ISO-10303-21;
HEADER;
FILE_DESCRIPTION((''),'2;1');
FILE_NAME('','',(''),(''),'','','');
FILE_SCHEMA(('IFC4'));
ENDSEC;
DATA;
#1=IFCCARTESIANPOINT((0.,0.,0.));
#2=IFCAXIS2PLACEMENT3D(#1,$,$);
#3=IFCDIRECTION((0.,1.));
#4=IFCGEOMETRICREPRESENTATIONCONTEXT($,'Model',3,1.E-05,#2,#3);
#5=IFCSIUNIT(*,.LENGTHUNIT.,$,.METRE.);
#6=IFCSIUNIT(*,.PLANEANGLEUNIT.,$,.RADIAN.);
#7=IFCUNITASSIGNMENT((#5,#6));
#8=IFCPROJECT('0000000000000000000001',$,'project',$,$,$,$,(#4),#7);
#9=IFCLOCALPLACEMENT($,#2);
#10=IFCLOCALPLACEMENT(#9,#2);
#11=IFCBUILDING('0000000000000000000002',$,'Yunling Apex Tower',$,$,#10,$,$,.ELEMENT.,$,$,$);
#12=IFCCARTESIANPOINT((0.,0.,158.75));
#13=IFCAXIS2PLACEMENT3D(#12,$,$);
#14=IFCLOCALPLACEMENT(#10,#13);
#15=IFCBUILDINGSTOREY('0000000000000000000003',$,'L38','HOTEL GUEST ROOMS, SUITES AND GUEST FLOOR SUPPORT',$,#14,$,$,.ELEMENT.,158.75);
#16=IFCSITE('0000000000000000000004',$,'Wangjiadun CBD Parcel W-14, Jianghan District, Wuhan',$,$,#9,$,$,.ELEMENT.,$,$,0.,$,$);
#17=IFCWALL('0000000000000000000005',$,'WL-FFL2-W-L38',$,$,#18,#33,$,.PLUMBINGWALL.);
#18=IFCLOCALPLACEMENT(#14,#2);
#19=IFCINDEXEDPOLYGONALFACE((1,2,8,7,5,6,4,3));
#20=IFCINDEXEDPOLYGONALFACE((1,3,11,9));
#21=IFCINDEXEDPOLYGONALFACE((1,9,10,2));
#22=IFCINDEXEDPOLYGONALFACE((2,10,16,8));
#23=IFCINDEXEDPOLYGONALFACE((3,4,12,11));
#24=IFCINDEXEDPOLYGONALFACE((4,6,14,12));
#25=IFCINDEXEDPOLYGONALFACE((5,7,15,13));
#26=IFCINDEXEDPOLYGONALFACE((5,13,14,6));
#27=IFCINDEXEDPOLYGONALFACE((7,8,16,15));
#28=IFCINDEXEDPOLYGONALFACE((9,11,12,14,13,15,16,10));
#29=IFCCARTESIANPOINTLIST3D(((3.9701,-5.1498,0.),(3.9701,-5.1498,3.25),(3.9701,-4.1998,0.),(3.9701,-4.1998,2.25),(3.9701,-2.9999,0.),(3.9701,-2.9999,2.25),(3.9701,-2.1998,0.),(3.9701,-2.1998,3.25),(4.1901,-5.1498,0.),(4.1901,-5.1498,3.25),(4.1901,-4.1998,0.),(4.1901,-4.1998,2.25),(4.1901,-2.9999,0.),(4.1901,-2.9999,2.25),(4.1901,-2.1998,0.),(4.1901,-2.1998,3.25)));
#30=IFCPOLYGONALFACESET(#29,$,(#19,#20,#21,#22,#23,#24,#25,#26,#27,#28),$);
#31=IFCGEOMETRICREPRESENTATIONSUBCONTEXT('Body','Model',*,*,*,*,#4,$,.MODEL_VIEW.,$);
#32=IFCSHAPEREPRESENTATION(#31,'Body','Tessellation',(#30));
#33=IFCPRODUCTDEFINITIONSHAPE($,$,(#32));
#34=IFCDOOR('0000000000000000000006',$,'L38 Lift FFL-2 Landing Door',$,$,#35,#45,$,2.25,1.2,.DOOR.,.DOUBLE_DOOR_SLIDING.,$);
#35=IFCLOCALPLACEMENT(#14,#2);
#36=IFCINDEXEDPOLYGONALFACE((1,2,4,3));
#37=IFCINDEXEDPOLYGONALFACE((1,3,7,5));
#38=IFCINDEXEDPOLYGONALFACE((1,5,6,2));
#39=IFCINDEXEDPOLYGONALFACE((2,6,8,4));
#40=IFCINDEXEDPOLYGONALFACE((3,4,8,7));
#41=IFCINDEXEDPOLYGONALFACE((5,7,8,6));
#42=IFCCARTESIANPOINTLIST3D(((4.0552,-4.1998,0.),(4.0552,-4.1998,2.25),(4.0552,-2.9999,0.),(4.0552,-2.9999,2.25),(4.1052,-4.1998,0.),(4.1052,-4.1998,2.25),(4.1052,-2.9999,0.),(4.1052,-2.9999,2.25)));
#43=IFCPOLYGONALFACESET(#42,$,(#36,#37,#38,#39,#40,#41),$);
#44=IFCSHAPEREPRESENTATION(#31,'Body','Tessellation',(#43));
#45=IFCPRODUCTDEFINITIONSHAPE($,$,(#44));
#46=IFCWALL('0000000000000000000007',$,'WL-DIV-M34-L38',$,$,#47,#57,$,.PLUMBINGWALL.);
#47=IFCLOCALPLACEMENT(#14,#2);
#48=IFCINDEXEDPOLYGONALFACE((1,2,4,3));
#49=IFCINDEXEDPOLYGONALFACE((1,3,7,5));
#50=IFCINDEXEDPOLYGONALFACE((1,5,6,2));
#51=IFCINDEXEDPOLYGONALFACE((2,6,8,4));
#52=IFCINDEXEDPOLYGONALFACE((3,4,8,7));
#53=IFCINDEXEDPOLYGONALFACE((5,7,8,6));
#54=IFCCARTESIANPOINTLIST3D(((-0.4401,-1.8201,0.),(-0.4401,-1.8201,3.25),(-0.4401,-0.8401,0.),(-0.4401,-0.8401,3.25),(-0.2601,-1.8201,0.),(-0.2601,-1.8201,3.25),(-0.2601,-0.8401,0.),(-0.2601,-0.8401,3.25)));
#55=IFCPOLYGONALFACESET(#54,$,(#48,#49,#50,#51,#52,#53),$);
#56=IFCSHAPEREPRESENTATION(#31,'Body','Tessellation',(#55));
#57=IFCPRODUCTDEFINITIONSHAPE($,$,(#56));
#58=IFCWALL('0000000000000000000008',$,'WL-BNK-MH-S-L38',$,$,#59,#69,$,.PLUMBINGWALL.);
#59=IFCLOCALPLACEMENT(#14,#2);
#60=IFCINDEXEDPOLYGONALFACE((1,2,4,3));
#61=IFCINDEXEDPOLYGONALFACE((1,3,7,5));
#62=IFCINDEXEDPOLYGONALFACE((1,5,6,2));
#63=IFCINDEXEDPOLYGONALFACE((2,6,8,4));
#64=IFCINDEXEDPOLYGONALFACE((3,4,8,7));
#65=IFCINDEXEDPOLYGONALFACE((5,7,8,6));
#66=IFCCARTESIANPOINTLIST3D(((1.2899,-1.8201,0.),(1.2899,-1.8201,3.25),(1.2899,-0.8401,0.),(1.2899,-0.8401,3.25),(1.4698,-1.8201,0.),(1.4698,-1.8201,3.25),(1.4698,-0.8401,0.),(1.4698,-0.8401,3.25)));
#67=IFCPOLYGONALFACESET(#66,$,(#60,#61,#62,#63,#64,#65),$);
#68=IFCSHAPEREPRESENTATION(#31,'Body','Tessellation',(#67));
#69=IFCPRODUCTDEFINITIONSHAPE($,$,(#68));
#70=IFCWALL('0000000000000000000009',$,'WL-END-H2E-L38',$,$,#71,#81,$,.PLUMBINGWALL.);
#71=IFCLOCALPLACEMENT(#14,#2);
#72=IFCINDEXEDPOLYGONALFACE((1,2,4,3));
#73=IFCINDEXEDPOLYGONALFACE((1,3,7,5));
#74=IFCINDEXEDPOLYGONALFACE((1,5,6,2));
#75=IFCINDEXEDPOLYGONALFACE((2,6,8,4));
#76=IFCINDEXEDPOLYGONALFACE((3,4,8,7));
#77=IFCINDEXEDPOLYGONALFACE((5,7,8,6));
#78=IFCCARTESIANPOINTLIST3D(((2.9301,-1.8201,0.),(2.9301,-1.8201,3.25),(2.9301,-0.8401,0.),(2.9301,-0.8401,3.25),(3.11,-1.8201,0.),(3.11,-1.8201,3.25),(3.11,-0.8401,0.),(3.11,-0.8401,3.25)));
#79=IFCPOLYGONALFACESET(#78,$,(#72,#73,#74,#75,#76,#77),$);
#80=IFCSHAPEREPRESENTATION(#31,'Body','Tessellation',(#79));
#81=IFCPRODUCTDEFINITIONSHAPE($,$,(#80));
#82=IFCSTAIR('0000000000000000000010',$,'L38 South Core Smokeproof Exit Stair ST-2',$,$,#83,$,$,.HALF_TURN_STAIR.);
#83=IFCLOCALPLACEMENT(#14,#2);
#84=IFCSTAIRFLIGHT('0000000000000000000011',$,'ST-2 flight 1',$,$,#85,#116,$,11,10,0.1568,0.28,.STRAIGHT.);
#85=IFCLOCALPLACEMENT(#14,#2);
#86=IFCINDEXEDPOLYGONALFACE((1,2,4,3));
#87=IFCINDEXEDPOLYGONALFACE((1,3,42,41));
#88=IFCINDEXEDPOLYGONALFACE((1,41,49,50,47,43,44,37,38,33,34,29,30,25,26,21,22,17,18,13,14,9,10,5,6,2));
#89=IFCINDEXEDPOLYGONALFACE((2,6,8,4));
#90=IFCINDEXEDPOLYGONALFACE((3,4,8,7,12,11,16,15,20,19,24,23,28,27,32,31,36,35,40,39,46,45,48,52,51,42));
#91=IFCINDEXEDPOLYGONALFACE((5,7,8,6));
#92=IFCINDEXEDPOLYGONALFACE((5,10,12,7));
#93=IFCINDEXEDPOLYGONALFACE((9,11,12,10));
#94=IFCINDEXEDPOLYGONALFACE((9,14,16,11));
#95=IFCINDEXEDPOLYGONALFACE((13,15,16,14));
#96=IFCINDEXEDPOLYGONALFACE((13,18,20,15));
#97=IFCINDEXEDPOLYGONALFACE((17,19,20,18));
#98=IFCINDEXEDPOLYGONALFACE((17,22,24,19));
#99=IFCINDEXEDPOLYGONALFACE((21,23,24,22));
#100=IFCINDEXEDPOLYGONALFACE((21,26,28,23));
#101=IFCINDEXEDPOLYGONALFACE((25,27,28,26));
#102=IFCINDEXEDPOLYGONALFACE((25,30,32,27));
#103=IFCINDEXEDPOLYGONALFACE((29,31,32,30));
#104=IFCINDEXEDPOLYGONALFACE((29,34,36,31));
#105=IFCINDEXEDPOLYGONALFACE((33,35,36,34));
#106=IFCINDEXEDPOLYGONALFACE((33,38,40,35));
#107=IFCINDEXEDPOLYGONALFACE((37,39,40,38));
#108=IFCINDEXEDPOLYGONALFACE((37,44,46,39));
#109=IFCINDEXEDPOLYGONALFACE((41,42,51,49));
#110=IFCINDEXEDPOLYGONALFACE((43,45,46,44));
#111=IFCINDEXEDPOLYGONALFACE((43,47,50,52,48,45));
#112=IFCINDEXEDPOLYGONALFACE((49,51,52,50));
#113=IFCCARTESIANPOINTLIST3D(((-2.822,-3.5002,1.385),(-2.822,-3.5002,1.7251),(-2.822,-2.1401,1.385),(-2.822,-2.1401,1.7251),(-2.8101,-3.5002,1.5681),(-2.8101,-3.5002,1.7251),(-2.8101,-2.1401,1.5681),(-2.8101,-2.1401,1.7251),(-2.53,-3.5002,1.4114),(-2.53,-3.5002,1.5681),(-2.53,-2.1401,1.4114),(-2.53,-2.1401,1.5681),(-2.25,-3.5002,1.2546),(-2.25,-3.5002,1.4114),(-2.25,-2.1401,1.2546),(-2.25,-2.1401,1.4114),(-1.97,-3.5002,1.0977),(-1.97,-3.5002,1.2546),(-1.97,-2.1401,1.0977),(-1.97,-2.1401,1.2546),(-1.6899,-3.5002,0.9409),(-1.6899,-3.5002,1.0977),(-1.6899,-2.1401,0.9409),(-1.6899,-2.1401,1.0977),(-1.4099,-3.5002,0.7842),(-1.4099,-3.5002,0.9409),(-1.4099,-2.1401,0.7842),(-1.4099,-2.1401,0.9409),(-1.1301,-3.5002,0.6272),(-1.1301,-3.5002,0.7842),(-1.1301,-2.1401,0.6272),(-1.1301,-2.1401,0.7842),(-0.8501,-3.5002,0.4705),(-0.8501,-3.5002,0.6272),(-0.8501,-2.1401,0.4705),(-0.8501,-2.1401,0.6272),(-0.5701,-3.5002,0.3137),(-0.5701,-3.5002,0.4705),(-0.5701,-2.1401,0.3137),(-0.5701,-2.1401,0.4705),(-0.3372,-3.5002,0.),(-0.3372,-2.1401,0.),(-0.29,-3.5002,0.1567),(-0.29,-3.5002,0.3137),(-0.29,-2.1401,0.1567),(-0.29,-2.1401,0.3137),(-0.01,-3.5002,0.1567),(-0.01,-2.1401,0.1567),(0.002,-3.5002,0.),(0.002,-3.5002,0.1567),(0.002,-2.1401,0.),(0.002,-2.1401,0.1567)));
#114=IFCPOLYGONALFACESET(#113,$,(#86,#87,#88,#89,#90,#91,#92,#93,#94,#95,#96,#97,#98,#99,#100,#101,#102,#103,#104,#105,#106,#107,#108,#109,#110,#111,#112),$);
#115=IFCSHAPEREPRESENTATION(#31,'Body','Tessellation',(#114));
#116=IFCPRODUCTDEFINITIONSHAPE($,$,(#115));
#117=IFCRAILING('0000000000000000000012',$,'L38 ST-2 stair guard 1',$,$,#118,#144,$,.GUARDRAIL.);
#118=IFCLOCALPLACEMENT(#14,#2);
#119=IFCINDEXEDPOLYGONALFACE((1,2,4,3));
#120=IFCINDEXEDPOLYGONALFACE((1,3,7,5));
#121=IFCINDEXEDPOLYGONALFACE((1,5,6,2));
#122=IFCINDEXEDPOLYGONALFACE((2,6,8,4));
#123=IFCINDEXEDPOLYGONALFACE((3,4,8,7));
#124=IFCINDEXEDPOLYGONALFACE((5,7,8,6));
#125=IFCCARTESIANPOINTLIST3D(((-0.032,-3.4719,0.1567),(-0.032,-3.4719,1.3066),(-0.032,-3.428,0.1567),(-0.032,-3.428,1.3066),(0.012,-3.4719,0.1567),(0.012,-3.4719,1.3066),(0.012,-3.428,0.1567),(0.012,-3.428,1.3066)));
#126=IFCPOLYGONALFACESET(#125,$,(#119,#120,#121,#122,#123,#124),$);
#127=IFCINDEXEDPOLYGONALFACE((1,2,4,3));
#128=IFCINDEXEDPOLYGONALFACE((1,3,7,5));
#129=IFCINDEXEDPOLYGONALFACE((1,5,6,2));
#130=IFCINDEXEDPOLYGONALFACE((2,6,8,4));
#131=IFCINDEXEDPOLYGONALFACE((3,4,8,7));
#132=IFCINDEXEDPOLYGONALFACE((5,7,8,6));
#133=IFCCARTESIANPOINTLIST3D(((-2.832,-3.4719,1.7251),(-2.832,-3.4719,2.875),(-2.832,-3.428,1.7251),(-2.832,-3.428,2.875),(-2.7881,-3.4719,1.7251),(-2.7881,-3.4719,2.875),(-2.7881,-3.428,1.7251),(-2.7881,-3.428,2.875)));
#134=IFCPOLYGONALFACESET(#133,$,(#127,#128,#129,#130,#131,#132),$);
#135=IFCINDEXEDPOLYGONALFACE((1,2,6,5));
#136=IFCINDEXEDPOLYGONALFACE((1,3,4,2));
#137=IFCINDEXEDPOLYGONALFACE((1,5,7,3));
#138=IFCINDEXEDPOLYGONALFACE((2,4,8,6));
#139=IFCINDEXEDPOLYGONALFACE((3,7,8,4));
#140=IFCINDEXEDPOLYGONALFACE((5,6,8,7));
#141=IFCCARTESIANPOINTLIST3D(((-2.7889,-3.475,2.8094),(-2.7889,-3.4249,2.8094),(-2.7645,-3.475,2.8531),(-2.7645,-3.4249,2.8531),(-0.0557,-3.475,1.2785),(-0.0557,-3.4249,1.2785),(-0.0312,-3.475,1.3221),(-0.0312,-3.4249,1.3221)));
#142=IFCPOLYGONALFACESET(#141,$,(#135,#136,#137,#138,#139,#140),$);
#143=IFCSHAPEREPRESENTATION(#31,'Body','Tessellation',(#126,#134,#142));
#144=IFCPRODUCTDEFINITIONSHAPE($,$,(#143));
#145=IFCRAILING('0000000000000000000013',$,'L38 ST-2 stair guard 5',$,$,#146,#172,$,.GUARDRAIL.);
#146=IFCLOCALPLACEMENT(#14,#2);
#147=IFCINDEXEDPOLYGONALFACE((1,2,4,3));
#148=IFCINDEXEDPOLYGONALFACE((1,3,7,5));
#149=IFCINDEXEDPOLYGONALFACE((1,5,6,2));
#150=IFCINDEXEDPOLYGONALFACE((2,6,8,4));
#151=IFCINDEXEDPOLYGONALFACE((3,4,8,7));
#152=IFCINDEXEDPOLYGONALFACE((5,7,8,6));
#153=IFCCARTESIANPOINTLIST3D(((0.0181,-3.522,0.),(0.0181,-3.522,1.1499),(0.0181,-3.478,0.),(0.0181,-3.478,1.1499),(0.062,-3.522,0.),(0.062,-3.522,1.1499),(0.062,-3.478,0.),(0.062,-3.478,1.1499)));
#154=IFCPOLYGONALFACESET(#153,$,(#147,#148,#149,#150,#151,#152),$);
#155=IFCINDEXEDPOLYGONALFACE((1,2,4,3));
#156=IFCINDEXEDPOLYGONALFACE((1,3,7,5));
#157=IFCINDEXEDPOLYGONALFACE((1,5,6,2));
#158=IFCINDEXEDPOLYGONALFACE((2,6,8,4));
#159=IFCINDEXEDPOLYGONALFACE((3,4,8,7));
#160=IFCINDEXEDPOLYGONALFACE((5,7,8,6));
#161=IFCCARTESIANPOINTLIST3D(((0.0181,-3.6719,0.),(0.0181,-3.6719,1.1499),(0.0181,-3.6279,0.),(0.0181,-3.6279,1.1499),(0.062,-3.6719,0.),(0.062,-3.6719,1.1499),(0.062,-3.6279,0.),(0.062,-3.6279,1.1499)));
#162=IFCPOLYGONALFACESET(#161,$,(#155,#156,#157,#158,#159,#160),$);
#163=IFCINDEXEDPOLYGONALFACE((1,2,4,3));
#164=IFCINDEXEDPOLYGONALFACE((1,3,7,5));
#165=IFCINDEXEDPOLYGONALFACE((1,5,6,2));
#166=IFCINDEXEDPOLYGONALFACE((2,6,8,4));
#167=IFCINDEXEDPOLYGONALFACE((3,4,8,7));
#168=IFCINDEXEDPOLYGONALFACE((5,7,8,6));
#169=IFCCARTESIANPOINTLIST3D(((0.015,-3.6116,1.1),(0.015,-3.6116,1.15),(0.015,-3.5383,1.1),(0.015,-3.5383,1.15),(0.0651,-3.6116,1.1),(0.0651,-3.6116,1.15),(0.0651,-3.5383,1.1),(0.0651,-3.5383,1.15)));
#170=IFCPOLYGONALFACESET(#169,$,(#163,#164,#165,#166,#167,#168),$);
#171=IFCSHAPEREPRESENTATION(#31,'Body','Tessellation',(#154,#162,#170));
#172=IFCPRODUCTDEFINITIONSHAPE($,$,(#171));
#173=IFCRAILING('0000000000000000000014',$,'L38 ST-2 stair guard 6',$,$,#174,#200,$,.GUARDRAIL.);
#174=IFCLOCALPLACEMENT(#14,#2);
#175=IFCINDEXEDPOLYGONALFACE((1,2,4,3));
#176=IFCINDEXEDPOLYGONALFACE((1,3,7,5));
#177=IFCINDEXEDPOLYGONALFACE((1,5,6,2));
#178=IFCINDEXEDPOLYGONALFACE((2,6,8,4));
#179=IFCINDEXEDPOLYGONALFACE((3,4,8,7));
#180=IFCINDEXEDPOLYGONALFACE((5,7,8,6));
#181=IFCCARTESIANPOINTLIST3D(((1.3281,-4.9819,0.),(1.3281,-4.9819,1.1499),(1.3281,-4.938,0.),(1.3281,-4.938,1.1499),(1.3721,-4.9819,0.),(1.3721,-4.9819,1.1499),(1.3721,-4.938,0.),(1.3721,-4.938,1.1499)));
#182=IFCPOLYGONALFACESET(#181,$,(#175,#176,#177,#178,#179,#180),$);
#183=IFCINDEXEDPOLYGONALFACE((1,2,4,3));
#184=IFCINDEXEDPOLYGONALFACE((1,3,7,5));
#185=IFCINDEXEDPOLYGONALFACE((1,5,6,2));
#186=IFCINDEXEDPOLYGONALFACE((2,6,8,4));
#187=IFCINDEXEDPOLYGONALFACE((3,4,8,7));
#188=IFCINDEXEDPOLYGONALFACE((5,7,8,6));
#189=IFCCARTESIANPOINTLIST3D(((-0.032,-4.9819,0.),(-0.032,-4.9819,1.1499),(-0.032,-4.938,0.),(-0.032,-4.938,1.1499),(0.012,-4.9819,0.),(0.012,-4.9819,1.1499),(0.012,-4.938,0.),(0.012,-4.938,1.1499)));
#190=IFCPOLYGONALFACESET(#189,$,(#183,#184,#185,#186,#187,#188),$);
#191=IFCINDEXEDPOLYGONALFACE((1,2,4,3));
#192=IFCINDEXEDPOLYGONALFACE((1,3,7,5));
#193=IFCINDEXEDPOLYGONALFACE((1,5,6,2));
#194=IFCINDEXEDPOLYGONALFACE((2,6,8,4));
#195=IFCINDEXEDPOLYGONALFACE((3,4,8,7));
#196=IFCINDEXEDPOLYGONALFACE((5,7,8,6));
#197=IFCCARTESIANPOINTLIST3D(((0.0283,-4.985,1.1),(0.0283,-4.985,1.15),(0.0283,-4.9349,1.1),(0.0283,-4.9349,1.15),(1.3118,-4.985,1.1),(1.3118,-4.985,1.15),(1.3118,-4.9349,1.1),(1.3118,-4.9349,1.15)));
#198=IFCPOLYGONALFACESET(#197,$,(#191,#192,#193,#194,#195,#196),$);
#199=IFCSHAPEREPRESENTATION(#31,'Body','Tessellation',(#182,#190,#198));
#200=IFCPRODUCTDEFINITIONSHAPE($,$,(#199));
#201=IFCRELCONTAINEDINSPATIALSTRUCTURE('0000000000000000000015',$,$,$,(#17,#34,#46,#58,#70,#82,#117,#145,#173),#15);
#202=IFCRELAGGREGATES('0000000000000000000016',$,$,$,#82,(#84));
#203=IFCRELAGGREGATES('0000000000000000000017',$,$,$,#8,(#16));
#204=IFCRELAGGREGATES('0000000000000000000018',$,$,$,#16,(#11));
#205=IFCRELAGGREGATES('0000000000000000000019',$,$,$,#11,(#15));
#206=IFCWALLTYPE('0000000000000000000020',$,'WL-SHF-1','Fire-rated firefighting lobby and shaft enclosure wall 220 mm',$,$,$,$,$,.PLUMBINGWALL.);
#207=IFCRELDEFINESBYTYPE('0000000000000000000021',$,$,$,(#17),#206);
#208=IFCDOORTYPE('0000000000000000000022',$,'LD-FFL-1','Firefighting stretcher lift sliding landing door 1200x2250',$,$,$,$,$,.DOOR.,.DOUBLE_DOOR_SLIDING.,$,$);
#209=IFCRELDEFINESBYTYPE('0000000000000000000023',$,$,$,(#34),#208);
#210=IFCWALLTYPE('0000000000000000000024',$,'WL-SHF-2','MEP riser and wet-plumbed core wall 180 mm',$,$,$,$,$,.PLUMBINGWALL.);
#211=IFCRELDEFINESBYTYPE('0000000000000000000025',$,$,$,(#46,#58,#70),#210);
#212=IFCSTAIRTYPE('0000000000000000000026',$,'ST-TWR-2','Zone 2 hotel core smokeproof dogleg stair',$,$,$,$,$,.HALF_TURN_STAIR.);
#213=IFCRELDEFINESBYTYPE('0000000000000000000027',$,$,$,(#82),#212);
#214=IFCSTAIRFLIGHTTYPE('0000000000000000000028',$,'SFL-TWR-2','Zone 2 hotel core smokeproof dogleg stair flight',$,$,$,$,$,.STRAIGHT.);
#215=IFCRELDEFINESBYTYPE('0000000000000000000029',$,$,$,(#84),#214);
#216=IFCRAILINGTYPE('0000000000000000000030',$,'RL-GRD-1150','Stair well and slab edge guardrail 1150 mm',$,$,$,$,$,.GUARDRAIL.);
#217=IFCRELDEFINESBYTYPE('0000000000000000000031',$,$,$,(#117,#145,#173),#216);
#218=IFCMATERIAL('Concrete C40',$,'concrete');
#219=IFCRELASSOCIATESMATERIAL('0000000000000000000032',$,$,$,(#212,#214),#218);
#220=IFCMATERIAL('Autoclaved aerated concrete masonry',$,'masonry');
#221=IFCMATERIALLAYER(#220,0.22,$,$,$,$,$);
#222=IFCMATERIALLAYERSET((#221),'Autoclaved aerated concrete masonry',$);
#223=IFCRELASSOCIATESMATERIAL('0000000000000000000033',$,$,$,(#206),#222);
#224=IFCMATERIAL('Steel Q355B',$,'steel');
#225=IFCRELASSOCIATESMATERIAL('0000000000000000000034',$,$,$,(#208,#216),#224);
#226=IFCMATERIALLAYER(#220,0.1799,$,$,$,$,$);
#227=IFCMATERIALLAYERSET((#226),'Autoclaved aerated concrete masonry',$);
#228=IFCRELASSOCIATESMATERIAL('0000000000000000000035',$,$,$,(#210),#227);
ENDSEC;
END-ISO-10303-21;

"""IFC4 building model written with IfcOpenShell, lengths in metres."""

from ifc_helpers import new_model, si_unit, direction, frame, frame_2d, origin, origin_2d, place, context, subcontext, project, spatial, polyline, rectangle, outline, extrude, material, layer, layer_set, type_object, element, fill, aggregate, save


model = new_model("IFC4")

# Units and contexts
model_context = context("Model", 3, precision=1e-05, world=origin(), true_north=direction((0.0, 1.0)))
body_context = subcontext(model_context, "Body", "Model", "MODEL_VIEW")
ifc_project = project(units=[si_unit("LENGTHUNIT", "METRE"), si_unit("PLANEANGLEUNIT", "RADIAN")], contexts=[model_context])

# Site, building, storey
site_placement = place(None, origin())
site = spatial("IfcSite", under=ifc_project, at=site_placement, Name="Wangjiadun CBD Parcel W-14, Jianghan District, Wuhan", CompositionType="ELEMENT", RefElevation=0.0)
building_placement = place(site_placement, origin())
building = spatial("IfcBuilding", under=site, at=building_placement, Name="Yunling Apex Tower", CompositionType="ELEMENT")
storey_placement = place(building_placement, frame((0.0, 0.0, 158.75)))
storey = spatial("IfcBuildingStorey", under=building, at=storey_placement, Name="L38", Description="HOTEL GUEST ROOMS, SUITES AND GUEST FLOOR SUPPORT", CompositionType="ELEMENT", Elevation=158.75)

# Shared definitions
ifc_material_1 = material(Name="Concrete C40", Category="concrete")

# Shared definitions
stair_type = type_object("IfcStairType", Name="ST-TWR-2", Description="Zone 2 hotel core smokeproof dogleg stair", PredefinedType="HALF_TURN_STAIR", material=ifc_material_1)

# Wall, opening, door
ifc_material_2 = material(Name="Autoclaved aerated concrete masonry", Category="masonry")
ifc_layer_1 = layer(ifc_material_2, 0.22)
ifc_layer_set_1 = layer_set([ifc_layer_1], Name="Autoclaved aerated concrete masonry")
wall_type_1 = type_object("IfcWallType", Name="WL-SHF-1", Description="Fire-rated firefighting lobby and shaft enclosure wall 220 mm", PredefinedType="PLUMBINGWALL", material=ifc_layer_set_1)
ifc_material_3 = material(Name="Steel Q355B", Category="steel")
wall_1_placement = place(storey_placement, frame((4.0801, -5.1499, 0.0), z_axis=(0.0, 0.0, 1.0), x_axis=(0.0, 1.0, 0.0)))
wall_1 = element("IfcWall", 1, at=wall_1_placement, inside=storey, type_object=wall_type_1, Name="WL-FFL2-W-L38", PredefinedType="PLUMBINGWALL", context=body_context, shape_type="SweptSolid", body=[
    extrude(rectangle(XDim=2.95, YDim=0.22, at=frame_2d((1.4751, 0.0))), origin(), (0.0, 0.0, 1.0), 3.25),
])
opening_1_placement = place(wall_1_placement, frame((0.95, 0.0, 0.0)))
opening_1 = element("IfcOpeningElement", 2, at=opening_1_placement, cuts=wall_1, PredefinedType="OPENING", context=body_context, shape_type="SweptSolid", body=[
    extrude(rectangle(XDim=1.2, YDim=2.25, at=frame_2d((0.6001, 1.125))), frame((0.0, 0.1201, 0.0), z_axis=(0.0, -1.0, 0.0), x_axis=(1.0, 0.0, 0.0)), (0.0, 0.0, 1.0), 0.24),
])
door_type_1 = type_object("IfcDoorType", Name="LD-FFL-1", Description="Firefighting stretcher lift sliding landing door 1200x2250", OperationType="DOUBLE_DOOR_SLIDING", PredefinedType="DOOR", material=ifc_material_3)
door_1_placement = place(opening_1_placement, origin())
door_1 = element("IfcDoor", 3, at=door_1_placement, inside=storey, type_object=door_type_1, Name="L38 Lift FFL-2 Landing Door", OperationType="DOUBLE_DOOR_SLIDING", OverallHeight=2.25, OverallWidth=1.2, PredefinedType="DOOR", context=body_context, shape_type="SweptSolid", body=[
    extrude(rectangle(XDim=1.2, YDim=2.25, at=frame_2d((0.6001, 1.125))), frame((0.0, 0.0249, 0.0), z_axis=(0.0, -1.0, 0.0), x_axis=(1.0, 0.0, 0.0)), (0.0, 0.0, 1.0), 0.05),
])
fill(opening_1, door_1)

# Walls
ifc_layer_2 = layer(ifc_material_2, 0.1799)
ifc_layer_set_2 = layer_set([ifc_layer_2], Name="Autoclaved aerated concrete masonry")
wall_type_2 = type_object("IfcWallType", Name="WL-SHF-2", Description="MEP riser and wet-plumbed core wall 180 mm", PredefinedType="PLUMBINGWALL", material=ifc_layer_set_2)
for number, where, z_axis, x_axis, name in (
    (4, (-0.3501, -1.8201, 0.0), (0.0, 0.0, 1.0), (0.0, 1.0, 0.0), "WL-DIV-M34-L38"),
    (5, (1.3799, -1.8201, 0.0), (0.0, 0.0, 1.0), (0.0, 1.0, 0.0), "WL-BNK-MH-S-L38"),
    (6, (3.02, -1.8201, 0.0), (0.0, 0.0, 1.0), (0.0, 1.0, 0.0), "WL-END-H2E-L38"),
):
    element("IfcWall", number, at=place(storey_placement, frame(where, z_axis=z_axis, x_axis=x_axis)), inside=storey, type_object=wall_type_2, Name=name, PredefinedType="PLUMBINGWALL", context=body_context, shape_type="SweptSolid", body=[
        extrude(rectangle(XDim=0.98, YDim=0.1799, at=frame_2d((0.49, 0.0))), origin(), (0.0, 0.0, 1.0), 3.25),
    ])

# Stair, stair flight
stair_1_placement = place(storey_placement, origin())
stair_1 = element("IfcStair", 7, at=stair_1_placement, inside=storey, type_object=stair_type, Name="L38 South Core Smokeproof Exit Stair ST-2", PredefinedType="HALF_TURN_STAIR")
stair_flight_type = type_object("IfcStairFlightType", Name="SFL-TWR-2", Description="Zone 2 hotel core smokeproof dogleg stair flight", PredefinedType="STRAIGHT", material=ifc_material_1)
stair_flight_placement = place(storey_placement, frame((-0.01, -2.8201, 0.0), z_axis=(0.0, 0.0, 1.0), x_axis=(-1.0, 0.0, 0.0)))
stair_flight = element("IfcStairFlight", 8, at=stair_flight_placement, type_object=stair_flight_type, Name="ST-2 flight 1", NumberOfRisers=11, NumberOfTreads=10, PredefinedType="STRAIGHT", RiserHeight=0.1568, TreadLength=0.28, context=body_context, shape_type="SweptSolid", body=[
    extrude(outline(polyline([(-0.012, 0.0), (-0.012, 0.1567), (0.0, 0.1567), (0.28, 0.1567), (0.28, 0.3137), (0.5601, 0.3137), (0.5601, 0.4705), (0.8401, 0.4705), (0.8401, 0.6272), (1.1201, 0.6272), (1.1201, 0.7842), (1.3999, 0.7842), (1.3999, 0.9409), (1.6799, 0.9409), (1.6799, 1.0977), (1.96, 1.0977), (1.96, 1.2546), (2.24, 1.2546), (2.24, 1.4114), (2.52, 1.4114), (2.52, 1.5681), (2.8, 1.5681), (2.8, 1.7251), (2.812, 1.7251), (2.812, 1.385), (0.3271, 0.0), (-0.012, 0.0)])), frame((0.0, 0.6802, 0.0), z_axis=(0.0, -1.0, 0.0), x_axis=(1.0, 0.0, 0.0)), (0.0, 0.0, 1.0), 1.3601),
])
aggregate(stair_1, [stair_flight])

# Railings
railing_type_1 = type_object("IfcRailingType", Name="RL-GRD-1150", Description="Stair well and slab edge guardrail 1150 mm", PredefinedType="GUARDRAIL", material=ifc_material_3)
railing_1_placement = place(storey_placement, frame((-0.01, -3.45, 0.1567)))
element("IfcRailing", 9, at=railing_1_placement, inside=storey, type_object=railing_type_1, Name="L38 ST-2 stair guard 1", PredefinedType="GUARDRAIL", context=body_context, shape_type="SweptSolid", body=[
    extrude(rectangle(XDim=0.0439, YDim=0.0439, at=origin_2d()), origin(), (0.0, 0.0, 1.0), 1.1499),
    extrude(rectangle(XDim=0.0439, YDim=0.0439, at=origin_2d()), frame((-2.8, 0.0, 1.5684)), (0.0, 0.0, 1.0), 1.1499),
    extrude(rectangle(XDim=0.05, YDim=0.05, at=origin_2d()), frame((-0.0334, 0.0, 1.1436), z_axis=(-0.872462, 0.0, 0.488682), x_axis=(0.0, -1.0, 0.0)), (0.0, 0.0, 1.0), 3.1328),
])
railing_2_placement = place(storey_placement, frame((0.04, -3.5, 0.0)))
element("IfcRailing", 10, at=railing_2_placement, inside=storey, type_object=railing_type_1, Name="L38 ST-2 stair guard 5", PredefinedType="GUARDRAIL", context=body_context, shape_type="SweptSolid", body=[
    extrude(rectangle(XDim=0.0439, YDim=0.0439, at=origin_2d()), origin(), (0.0, 0.0, 1.0), 1.1499),
    extrude(rectangle(XDim=0.0439, YDim=0.0439, at=origin_2d()), frame((0.0, -0.1499, 0.0)), (0.0, 0.0, 1.0), 1.1499),
    extrude(rectangle(XDim=0.05, YDim=0.05, at=origin_2d()), frame((0.0, -0.0383, 1.125), z_axis=(0.0, -1.0, 0.0), x_axis=(1.0, 0.0, 0.0)), (0.0, 0.0, 1.0), 0.0732),
])
railing_3_placement = place(storey_placement, frame((1.3501, -4.96, 0.0)))
element("IfcRailing", 11, at=railing_3_placement, inside=storey, type_object=railing_type_1, Name="L38 ST-2 stair guard 6", PredefinedType="GUARDRAIL", context=body_context, shape_type="SweptSolid", body=[
    extrude(rectangle(XDim=0.0439, YDim=0.0439, at=origin_2d()), origin(), (0.0, 0.0, 1.0), 1.1499),
    extrude(rectangle(XDim=0.0439, YDim=0.0439, at=origin_2d()), frame((-1.3601, 0.0, 0.0)), (0.0, 0.0, 1.0), 1.1499),
    extrude(rectangle(XDim=0.05, YDim=0.05, at=origin_2d()), frame((-0.0383, 0.0, 1.125), z_axis=(-1.0, 0.0, 0.0), x_axis=(0.0, -1.0, 0.0)), (0.0, 0.0, 1.0), 1.2834),
])

save(model, "model.ifc")
